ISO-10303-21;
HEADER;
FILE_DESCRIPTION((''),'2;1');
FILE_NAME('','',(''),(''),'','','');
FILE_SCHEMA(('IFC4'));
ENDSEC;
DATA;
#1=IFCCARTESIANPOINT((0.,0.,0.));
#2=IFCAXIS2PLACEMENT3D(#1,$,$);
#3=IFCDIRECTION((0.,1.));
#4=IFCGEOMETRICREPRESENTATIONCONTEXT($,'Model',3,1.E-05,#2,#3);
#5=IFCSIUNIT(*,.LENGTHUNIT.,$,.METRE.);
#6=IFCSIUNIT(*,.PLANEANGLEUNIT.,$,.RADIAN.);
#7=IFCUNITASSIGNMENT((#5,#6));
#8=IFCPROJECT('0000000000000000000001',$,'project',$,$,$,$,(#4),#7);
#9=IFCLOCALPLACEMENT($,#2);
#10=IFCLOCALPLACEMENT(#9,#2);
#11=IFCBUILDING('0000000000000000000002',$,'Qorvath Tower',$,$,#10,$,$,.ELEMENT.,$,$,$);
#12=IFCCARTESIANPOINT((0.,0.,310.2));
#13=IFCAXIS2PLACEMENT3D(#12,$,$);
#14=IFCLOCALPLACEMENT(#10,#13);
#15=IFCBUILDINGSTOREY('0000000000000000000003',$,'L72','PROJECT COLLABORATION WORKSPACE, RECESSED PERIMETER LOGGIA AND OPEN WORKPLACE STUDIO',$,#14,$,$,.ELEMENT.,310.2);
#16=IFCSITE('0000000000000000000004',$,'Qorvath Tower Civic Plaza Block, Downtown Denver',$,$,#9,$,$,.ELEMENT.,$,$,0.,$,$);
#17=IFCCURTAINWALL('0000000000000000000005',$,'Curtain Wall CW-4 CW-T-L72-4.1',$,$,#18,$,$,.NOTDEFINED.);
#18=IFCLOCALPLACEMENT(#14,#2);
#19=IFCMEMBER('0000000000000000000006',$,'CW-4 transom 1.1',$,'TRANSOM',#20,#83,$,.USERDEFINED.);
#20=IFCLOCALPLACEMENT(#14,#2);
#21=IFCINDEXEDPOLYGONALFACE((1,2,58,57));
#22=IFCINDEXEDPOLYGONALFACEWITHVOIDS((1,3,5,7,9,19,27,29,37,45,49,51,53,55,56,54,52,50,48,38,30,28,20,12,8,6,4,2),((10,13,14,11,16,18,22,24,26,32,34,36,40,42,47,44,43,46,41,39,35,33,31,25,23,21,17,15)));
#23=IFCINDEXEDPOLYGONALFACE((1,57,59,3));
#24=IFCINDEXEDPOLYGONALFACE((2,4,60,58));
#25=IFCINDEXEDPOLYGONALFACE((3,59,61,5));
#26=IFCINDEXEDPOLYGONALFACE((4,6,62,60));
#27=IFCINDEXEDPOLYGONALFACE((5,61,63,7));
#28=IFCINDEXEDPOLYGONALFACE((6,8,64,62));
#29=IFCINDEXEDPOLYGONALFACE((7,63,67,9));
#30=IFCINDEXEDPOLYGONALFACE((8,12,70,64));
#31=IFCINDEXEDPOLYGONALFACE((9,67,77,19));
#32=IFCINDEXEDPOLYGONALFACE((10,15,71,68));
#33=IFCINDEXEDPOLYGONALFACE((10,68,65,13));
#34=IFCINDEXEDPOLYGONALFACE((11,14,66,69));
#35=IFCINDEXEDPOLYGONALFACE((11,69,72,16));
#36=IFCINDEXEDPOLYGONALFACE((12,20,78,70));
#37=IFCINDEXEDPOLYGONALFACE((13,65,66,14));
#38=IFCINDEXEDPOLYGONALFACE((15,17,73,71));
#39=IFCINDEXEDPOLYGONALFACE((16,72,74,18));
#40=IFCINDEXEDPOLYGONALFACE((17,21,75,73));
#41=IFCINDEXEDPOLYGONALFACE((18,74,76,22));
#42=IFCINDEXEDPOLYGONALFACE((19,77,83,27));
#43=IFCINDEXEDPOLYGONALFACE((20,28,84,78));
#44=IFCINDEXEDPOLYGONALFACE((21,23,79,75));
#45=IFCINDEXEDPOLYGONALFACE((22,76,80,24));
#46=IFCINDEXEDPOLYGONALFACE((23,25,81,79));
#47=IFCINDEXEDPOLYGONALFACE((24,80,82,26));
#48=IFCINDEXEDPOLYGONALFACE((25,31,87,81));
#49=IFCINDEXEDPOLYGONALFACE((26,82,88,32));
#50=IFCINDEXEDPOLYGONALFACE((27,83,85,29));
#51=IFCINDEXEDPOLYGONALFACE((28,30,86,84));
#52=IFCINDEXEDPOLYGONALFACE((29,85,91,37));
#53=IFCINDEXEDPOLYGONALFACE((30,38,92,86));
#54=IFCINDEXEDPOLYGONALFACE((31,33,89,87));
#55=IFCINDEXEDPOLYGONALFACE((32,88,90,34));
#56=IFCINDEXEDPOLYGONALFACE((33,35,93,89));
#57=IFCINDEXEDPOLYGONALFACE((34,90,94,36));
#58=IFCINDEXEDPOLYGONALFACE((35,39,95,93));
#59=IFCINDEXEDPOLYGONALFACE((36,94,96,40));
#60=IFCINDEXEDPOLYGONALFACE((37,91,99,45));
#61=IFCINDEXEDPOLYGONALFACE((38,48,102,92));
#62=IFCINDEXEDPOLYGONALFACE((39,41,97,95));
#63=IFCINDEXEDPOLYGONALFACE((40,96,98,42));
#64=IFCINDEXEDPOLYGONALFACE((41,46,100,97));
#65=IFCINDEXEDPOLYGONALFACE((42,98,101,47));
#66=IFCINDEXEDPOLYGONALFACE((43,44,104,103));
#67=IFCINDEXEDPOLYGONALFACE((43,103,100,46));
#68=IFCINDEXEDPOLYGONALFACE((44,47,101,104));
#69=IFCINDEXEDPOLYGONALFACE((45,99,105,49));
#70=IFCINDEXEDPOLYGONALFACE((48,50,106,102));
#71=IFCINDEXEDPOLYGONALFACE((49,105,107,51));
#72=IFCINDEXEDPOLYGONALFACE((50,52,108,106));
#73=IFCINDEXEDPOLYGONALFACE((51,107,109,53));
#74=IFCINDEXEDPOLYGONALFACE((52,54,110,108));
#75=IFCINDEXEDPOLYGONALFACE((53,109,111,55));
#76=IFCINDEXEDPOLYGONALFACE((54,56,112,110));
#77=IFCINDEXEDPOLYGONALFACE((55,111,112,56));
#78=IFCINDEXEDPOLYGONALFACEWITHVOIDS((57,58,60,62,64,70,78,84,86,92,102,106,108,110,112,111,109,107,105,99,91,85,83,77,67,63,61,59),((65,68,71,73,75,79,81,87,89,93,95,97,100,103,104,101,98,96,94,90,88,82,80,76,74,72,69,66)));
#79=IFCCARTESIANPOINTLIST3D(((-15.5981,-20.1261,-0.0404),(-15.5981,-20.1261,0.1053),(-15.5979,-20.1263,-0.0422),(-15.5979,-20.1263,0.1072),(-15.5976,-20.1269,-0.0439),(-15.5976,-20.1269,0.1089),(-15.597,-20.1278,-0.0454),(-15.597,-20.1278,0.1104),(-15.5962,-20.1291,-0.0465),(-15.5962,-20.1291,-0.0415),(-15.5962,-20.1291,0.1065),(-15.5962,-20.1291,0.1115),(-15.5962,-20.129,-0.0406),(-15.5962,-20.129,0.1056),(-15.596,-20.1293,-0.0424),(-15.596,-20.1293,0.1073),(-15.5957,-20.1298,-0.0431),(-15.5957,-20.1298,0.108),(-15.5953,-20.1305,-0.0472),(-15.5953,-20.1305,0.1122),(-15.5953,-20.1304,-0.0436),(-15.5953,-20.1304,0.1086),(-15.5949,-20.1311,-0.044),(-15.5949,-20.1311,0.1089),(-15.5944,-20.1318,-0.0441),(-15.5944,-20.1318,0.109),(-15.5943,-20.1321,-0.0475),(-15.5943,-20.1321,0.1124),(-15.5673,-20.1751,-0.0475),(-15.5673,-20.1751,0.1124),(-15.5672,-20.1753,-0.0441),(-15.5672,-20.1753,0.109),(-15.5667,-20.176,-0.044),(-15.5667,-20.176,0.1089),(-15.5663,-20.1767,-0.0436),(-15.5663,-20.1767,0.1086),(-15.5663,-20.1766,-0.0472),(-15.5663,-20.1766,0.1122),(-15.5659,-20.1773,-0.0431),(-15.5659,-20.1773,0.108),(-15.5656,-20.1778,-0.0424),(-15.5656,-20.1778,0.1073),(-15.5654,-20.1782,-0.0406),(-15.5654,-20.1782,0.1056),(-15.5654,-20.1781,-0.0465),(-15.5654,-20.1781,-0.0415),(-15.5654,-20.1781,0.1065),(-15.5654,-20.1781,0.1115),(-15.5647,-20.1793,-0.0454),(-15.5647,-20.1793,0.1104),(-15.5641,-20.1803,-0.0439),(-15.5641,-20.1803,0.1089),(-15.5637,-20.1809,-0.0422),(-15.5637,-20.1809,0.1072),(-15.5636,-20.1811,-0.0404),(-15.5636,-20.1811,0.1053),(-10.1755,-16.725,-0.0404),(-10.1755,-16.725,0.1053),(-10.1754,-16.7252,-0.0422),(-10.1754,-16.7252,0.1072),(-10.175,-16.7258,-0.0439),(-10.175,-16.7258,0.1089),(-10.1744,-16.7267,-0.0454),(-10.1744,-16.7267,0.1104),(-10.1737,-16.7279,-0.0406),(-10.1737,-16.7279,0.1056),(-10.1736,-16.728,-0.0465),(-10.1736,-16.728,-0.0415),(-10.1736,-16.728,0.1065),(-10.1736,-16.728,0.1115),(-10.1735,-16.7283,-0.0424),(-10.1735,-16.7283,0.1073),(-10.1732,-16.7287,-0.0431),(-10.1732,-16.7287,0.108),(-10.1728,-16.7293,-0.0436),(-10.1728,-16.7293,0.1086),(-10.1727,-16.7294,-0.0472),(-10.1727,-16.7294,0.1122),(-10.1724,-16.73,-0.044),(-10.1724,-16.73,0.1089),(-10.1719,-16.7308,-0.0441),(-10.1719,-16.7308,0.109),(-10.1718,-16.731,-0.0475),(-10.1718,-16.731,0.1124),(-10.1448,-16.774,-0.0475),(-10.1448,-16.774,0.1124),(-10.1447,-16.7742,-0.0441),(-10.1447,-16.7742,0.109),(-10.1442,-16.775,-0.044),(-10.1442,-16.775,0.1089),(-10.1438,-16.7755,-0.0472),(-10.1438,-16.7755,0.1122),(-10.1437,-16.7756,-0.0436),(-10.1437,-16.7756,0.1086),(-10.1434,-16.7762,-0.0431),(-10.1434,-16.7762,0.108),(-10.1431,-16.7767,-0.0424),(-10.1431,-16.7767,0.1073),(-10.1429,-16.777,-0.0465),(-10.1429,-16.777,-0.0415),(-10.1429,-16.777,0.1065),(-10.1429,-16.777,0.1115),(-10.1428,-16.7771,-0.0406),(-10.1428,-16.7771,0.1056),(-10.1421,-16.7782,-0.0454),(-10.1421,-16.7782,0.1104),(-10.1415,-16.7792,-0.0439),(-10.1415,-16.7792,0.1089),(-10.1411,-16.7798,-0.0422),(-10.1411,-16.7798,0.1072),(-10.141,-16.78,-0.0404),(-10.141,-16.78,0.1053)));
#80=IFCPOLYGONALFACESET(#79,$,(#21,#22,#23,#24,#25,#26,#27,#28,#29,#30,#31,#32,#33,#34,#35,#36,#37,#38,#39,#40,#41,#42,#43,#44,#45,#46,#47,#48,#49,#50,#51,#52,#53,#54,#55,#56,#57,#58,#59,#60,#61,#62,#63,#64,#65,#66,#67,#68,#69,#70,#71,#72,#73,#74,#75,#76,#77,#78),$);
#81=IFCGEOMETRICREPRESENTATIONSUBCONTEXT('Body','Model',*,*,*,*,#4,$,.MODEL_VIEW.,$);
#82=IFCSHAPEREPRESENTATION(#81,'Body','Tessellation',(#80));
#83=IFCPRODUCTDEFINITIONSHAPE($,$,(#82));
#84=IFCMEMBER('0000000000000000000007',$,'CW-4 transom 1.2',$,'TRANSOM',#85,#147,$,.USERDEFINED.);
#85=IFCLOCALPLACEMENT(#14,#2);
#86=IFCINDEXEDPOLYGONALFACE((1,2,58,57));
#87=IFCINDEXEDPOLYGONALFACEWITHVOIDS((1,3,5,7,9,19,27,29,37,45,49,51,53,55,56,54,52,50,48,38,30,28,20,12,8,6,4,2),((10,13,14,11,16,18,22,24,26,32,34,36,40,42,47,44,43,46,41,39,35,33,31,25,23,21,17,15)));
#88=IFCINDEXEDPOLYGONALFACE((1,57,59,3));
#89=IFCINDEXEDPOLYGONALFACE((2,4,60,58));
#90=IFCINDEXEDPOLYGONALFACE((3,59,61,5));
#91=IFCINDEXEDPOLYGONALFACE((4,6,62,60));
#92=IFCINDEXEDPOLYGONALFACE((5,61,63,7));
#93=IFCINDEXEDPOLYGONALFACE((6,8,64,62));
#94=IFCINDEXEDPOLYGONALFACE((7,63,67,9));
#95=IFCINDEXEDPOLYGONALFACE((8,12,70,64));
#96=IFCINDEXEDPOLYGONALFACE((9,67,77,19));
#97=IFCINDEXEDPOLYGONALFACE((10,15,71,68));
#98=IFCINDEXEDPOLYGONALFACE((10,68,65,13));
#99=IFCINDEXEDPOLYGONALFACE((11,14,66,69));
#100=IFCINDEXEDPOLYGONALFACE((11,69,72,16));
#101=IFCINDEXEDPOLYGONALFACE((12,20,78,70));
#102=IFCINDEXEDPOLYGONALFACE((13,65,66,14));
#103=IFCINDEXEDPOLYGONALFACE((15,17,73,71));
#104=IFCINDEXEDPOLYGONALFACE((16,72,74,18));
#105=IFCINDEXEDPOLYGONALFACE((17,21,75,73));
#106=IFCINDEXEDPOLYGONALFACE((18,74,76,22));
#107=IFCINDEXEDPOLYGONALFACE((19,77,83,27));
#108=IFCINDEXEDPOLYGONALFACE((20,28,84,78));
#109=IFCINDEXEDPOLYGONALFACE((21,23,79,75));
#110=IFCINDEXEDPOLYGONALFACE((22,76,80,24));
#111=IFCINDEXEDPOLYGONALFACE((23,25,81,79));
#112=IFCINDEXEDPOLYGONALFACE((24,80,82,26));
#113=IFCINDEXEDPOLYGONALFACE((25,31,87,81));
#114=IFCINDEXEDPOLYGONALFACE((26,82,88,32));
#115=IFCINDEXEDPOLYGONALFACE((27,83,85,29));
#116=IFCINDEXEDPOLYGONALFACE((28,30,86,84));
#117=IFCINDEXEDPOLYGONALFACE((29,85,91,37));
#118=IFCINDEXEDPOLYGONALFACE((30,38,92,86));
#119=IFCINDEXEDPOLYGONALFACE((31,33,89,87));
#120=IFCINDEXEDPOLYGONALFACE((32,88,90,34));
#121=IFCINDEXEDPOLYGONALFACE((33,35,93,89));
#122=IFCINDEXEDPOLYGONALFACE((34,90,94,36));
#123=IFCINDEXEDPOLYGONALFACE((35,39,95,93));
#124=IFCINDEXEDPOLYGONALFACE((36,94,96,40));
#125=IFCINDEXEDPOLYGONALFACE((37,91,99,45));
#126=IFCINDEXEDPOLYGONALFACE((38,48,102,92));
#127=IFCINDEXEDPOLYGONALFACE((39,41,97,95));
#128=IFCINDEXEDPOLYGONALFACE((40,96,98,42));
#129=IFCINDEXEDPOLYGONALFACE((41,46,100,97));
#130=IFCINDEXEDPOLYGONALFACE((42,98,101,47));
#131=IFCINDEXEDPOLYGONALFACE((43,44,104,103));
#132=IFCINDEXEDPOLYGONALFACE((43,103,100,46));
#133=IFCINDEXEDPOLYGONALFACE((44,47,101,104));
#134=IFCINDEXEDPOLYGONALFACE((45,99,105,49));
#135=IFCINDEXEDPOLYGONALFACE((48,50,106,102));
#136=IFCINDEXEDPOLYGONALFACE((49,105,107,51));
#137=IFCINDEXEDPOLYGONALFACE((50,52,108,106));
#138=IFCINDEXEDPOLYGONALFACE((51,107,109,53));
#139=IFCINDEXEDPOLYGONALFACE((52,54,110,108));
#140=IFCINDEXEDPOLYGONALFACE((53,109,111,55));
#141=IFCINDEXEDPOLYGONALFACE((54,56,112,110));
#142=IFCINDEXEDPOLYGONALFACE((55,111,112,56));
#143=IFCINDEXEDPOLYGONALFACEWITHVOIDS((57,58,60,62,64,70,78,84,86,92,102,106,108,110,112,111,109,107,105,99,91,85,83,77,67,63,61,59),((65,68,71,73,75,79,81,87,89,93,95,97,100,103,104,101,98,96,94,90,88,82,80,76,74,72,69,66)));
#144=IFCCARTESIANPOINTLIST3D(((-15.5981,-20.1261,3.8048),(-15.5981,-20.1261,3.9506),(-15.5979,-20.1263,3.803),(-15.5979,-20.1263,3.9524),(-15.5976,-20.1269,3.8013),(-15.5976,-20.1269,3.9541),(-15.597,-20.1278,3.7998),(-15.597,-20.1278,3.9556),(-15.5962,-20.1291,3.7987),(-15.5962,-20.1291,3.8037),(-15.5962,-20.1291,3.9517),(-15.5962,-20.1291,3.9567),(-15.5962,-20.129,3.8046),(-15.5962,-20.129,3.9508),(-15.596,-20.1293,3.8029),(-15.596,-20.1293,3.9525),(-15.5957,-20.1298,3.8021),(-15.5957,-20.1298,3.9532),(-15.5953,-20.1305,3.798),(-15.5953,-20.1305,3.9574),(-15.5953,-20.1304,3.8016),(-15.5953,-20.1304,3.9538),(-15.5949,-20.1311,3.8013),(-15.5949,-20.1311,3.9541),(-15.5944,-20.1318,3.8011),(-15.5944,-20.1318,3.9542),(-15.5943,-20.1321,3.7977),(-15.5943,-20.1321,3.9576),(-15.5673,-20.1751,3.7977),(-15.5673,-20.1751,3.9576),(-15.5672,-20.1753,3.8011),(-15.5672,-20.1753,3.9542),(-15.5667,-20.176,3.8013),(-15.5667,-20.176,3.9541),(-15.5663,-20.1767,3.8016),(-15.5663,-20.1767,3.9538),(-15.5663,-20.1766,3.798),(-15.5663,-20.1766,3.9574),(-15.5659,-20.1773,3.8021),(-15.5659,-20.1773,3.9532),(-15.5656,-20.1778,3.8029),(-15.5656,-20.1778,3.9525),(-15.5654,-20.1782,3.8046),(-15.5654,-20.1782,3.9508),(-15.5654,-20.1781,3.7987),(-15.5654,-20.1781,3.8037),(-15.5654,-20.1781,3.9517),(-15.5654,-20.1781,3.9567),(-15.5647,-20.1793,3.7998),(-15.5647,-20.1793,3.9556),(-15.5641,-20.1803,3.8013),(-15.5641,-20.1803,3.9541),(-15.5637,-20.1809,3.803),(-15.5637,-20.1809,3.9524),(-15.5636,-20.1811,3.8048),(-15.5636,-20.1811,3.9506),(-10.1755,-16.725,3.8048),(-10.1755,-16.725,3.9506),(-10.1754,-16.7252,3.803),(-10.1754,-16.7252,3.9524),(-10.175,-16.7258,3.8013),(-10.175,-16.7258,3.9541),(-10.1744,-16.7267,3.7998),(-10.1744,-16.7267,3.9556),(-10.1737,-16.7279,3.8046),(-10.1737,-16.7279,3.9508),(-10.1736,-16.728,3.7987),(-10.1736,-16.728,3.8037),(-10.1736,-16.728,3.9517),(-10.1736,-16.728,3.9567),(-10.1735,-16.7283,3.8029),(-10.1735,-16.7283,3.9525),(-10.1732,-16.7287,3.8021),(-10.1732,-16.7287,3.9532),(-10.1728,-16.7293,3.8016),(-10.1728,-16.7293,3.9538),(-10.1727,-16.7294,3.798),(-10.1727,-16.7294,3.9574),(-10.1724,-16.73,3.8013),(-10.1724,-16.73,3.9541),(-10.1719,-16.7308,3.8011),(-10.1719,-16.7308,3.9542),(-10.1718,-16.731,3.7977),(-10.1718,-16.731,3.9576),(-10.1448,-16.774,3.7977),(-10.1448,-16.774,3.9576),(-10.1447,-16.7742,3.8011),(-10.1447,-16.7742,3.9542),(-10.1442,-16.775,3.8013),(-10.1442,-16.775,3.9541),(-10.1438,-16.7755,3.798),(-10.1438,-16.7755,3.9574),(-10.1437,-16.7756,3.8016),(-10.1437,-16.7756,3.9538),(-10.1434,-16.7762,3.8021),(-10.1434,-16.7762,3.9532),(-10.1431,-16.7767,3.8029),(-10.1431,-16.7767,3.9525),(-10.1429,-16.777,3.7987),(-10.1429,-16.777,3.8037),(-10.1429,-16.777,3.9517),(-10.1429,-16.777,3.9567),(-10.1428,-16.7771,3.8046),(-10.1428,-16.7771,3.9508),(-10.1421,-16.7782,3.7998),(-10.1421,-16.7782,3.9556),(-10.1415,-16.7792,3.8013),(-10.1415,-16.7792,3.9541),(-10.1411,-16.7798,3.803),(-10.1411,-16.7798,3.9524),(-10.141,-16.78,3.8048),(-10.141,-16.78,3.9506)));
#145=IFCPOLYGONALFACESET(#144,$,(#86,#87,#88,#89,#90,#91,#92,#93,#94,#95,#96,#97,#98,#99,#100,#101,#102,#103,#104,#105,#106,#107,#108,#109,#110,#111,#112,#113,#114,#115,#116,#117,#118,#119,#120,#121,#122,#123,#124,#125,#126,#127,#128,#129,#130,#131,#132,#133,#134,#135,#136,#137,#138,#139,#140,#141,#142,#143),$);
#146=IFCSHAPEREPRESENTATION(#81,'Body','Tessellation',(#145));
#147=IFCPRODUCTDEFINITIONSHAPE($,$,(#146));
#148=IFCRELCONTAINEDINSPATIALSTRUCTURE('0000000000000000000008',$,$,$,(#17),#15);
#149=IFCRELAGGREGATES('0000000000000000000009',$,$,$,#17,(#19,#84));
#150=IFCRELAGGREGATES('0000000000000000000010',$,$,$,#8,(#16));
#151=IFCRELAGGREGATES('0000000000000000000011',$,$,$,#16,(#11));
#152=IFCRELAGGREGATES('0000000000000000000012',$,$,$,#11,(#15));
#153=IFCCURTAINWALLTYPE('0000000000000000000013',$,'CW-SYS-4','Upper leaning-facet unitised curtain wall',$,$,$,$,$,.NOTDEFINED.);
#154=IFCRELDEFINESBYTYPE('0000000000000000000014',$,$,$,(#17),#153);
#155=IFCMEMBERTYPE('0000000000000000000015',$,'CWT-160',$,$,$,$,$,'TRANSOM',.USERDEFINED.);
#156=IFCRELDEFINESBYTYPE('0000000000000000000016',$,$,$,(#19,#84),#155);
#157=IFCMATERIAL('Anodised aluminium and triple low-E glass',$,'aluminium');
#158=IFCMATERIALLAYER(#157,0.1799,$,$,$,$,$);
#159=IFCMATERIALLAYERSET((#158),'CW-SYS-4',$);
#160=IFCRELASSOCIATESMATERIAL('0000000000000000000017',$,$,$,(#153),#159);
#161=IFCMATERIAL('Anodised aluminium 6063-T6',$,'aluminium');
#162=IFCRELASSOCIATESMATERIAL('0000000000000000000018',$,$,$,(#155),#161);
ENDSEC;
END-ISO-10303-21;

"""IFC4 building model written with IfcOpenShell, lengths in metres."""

from ifc_helpers import new_model, si_unit, direction, frame, origin, origin_2d, place, context, subcontext, project, spatial, hollow_rectangle, extrude, material, layer, layer_set, material_profile, profile_set, type_object, element, aggregate, save


model = new_model("IFC4")

# Units and contexts
model_context = context("Model", 3, precision=1e-05, world=origin(), true_north=direction((0.0, 1.0)))
body_context = subcontext(model_context, "Body", "Model", "MODEL_VIEW")
ifc_project = project(units=[si_unit("LENGTHUNIT", "METRE"), si_unit("PLANEANGLEUNIT", "RADIAN")], contexts=[model_context])

# Site, building, storey
site_placement = place(None, origin())
site = spatial("IfcSite", under=ifc_project, at=site_placement, Name="Qorvath Tower Civic Plaza Block, Downtown Denver", CompositionType="ELEMENT", RefElevation=0.0)
building_placement = place(site_placement, origin())
building = spatial("IfcBuilding", under=site, at=building_placement, Name="Qorvath Tower", CompositionType="ELEMENT")
storey_placement = place(building_placement, frame((0.0, 0.0, 310.2)))
storey = spatial("IfcBuildingStorey", under=building, at=storey_placement, Name="L72", Description="PROJECT COLLABORATION WORKSPACE, RECESSED PERIMETER LOGGIA AND OPEN WORKPLACE STUDIO", CompositionType="ELEMENT", Elevation=310.2)

# Shared definitions
ifc_material_1 = material(Name="Anodised aluminium and triple low-E glass", Category="aluminium")
ifc_layer_1 = layer(ifc_material_1, 0.1799)
ifc_layer_set_1 = layer_set([ifc_layer_1], Name="CW-SYS-4")
curtain_wall_type = type_object("IfcCurtainWallType", Name="CW-SYS-4", Description="Upper leaning-facet unitised curtain wall", PredefinedType="NOTDEFINED", material=ifc_layer_set_1)

# Curtain wall
curtain_wall_1_placement = place(storey_placement, origin())
curtain_wall_1 = element("IfcCurtainWall", 1, at=curtain_wall_1_placement, inside=storey, type_object=curtain_wall_type, Name="Curtain Wall CW-4 CW-T-L72-4.1", PredefinedType="NOTDEFINED")

# Members
ifc_material_2 = material(Name="Anodised aluminium 6063-T6", Category="aluminium")
ifc_material_profile_1 = material_profile(ifc_material_2, hollow_rectangle(XDim=0.0649, YDim=0.1599, WallThickness=0.0034, InnerFilletRadius=0.0034, OuterFilletRadius=0.0071, at=origin_2d()), Name="CWT 160x65")
ifc_profile_set_1 = profile_set([ifc_material_profile_1], Name="Anodised aluminium 6063-T6")
member_type_1 = type_object("IfcMemberType", Name="CWT-160", ElementType="TRANSOM", PredefinedType="USERDEFINED", material=ifc_profile_set_1)
member_1_placement = place(storey_placement, frame((-15.5808, -20.1536, 0.0325), z_axis=(0.847155, 0.531346, 0.0), x_axis=(-0.531346, 0.847155, 0.0)))
member_1 = element("IfcMember", 2, at=member_1_placement, type_object=member_type_1, Name="CW-4 transom 1.1", ObjectType="TRANSOM", PredefinedType="USERDEFINED", context=body_context, shape_type="SweptSolid", body=[
    extrude(hollow_rectangle(XDim=0.0649, YDim=0.1599, WallThickness=0.0034, InnerFilletRadius=0.0034, OuterFilletRadius=0.0071, at=origin_2d()), origin(), (0.0, 0.0, 1.0), 6.4009),
])
member_2_placement = place(storey_placement, frame((-15.5808, -20.1536, 3.8777), z_axis=(0.847155, 0.531346, 0.0), x_axis=(-0.531346, 0.847155, 0.0)))
member_2 = element("IfcMember", 3, at=member_2_placement, type_object=member_type_1, Name="CW-4 transom 1.2", ObjectType="TRANSOM", PredefinedType="USERDEFINED", context=body_context, shape_type="SweptSolid", body=[
    extrude(hollow_rectangle(XDim=0.0649, YDim=0.1599, WallThickness=0.0034, InnerFilletRadius=0.0034, OuterFilletRadius=0.0071, at=origin_2d()), origin(), (0.0, 0.0, 1.0), 6.4009),
])

aggregate(curtain_wall_1, [member_1, member_2])

save(model, "model.ifc")
